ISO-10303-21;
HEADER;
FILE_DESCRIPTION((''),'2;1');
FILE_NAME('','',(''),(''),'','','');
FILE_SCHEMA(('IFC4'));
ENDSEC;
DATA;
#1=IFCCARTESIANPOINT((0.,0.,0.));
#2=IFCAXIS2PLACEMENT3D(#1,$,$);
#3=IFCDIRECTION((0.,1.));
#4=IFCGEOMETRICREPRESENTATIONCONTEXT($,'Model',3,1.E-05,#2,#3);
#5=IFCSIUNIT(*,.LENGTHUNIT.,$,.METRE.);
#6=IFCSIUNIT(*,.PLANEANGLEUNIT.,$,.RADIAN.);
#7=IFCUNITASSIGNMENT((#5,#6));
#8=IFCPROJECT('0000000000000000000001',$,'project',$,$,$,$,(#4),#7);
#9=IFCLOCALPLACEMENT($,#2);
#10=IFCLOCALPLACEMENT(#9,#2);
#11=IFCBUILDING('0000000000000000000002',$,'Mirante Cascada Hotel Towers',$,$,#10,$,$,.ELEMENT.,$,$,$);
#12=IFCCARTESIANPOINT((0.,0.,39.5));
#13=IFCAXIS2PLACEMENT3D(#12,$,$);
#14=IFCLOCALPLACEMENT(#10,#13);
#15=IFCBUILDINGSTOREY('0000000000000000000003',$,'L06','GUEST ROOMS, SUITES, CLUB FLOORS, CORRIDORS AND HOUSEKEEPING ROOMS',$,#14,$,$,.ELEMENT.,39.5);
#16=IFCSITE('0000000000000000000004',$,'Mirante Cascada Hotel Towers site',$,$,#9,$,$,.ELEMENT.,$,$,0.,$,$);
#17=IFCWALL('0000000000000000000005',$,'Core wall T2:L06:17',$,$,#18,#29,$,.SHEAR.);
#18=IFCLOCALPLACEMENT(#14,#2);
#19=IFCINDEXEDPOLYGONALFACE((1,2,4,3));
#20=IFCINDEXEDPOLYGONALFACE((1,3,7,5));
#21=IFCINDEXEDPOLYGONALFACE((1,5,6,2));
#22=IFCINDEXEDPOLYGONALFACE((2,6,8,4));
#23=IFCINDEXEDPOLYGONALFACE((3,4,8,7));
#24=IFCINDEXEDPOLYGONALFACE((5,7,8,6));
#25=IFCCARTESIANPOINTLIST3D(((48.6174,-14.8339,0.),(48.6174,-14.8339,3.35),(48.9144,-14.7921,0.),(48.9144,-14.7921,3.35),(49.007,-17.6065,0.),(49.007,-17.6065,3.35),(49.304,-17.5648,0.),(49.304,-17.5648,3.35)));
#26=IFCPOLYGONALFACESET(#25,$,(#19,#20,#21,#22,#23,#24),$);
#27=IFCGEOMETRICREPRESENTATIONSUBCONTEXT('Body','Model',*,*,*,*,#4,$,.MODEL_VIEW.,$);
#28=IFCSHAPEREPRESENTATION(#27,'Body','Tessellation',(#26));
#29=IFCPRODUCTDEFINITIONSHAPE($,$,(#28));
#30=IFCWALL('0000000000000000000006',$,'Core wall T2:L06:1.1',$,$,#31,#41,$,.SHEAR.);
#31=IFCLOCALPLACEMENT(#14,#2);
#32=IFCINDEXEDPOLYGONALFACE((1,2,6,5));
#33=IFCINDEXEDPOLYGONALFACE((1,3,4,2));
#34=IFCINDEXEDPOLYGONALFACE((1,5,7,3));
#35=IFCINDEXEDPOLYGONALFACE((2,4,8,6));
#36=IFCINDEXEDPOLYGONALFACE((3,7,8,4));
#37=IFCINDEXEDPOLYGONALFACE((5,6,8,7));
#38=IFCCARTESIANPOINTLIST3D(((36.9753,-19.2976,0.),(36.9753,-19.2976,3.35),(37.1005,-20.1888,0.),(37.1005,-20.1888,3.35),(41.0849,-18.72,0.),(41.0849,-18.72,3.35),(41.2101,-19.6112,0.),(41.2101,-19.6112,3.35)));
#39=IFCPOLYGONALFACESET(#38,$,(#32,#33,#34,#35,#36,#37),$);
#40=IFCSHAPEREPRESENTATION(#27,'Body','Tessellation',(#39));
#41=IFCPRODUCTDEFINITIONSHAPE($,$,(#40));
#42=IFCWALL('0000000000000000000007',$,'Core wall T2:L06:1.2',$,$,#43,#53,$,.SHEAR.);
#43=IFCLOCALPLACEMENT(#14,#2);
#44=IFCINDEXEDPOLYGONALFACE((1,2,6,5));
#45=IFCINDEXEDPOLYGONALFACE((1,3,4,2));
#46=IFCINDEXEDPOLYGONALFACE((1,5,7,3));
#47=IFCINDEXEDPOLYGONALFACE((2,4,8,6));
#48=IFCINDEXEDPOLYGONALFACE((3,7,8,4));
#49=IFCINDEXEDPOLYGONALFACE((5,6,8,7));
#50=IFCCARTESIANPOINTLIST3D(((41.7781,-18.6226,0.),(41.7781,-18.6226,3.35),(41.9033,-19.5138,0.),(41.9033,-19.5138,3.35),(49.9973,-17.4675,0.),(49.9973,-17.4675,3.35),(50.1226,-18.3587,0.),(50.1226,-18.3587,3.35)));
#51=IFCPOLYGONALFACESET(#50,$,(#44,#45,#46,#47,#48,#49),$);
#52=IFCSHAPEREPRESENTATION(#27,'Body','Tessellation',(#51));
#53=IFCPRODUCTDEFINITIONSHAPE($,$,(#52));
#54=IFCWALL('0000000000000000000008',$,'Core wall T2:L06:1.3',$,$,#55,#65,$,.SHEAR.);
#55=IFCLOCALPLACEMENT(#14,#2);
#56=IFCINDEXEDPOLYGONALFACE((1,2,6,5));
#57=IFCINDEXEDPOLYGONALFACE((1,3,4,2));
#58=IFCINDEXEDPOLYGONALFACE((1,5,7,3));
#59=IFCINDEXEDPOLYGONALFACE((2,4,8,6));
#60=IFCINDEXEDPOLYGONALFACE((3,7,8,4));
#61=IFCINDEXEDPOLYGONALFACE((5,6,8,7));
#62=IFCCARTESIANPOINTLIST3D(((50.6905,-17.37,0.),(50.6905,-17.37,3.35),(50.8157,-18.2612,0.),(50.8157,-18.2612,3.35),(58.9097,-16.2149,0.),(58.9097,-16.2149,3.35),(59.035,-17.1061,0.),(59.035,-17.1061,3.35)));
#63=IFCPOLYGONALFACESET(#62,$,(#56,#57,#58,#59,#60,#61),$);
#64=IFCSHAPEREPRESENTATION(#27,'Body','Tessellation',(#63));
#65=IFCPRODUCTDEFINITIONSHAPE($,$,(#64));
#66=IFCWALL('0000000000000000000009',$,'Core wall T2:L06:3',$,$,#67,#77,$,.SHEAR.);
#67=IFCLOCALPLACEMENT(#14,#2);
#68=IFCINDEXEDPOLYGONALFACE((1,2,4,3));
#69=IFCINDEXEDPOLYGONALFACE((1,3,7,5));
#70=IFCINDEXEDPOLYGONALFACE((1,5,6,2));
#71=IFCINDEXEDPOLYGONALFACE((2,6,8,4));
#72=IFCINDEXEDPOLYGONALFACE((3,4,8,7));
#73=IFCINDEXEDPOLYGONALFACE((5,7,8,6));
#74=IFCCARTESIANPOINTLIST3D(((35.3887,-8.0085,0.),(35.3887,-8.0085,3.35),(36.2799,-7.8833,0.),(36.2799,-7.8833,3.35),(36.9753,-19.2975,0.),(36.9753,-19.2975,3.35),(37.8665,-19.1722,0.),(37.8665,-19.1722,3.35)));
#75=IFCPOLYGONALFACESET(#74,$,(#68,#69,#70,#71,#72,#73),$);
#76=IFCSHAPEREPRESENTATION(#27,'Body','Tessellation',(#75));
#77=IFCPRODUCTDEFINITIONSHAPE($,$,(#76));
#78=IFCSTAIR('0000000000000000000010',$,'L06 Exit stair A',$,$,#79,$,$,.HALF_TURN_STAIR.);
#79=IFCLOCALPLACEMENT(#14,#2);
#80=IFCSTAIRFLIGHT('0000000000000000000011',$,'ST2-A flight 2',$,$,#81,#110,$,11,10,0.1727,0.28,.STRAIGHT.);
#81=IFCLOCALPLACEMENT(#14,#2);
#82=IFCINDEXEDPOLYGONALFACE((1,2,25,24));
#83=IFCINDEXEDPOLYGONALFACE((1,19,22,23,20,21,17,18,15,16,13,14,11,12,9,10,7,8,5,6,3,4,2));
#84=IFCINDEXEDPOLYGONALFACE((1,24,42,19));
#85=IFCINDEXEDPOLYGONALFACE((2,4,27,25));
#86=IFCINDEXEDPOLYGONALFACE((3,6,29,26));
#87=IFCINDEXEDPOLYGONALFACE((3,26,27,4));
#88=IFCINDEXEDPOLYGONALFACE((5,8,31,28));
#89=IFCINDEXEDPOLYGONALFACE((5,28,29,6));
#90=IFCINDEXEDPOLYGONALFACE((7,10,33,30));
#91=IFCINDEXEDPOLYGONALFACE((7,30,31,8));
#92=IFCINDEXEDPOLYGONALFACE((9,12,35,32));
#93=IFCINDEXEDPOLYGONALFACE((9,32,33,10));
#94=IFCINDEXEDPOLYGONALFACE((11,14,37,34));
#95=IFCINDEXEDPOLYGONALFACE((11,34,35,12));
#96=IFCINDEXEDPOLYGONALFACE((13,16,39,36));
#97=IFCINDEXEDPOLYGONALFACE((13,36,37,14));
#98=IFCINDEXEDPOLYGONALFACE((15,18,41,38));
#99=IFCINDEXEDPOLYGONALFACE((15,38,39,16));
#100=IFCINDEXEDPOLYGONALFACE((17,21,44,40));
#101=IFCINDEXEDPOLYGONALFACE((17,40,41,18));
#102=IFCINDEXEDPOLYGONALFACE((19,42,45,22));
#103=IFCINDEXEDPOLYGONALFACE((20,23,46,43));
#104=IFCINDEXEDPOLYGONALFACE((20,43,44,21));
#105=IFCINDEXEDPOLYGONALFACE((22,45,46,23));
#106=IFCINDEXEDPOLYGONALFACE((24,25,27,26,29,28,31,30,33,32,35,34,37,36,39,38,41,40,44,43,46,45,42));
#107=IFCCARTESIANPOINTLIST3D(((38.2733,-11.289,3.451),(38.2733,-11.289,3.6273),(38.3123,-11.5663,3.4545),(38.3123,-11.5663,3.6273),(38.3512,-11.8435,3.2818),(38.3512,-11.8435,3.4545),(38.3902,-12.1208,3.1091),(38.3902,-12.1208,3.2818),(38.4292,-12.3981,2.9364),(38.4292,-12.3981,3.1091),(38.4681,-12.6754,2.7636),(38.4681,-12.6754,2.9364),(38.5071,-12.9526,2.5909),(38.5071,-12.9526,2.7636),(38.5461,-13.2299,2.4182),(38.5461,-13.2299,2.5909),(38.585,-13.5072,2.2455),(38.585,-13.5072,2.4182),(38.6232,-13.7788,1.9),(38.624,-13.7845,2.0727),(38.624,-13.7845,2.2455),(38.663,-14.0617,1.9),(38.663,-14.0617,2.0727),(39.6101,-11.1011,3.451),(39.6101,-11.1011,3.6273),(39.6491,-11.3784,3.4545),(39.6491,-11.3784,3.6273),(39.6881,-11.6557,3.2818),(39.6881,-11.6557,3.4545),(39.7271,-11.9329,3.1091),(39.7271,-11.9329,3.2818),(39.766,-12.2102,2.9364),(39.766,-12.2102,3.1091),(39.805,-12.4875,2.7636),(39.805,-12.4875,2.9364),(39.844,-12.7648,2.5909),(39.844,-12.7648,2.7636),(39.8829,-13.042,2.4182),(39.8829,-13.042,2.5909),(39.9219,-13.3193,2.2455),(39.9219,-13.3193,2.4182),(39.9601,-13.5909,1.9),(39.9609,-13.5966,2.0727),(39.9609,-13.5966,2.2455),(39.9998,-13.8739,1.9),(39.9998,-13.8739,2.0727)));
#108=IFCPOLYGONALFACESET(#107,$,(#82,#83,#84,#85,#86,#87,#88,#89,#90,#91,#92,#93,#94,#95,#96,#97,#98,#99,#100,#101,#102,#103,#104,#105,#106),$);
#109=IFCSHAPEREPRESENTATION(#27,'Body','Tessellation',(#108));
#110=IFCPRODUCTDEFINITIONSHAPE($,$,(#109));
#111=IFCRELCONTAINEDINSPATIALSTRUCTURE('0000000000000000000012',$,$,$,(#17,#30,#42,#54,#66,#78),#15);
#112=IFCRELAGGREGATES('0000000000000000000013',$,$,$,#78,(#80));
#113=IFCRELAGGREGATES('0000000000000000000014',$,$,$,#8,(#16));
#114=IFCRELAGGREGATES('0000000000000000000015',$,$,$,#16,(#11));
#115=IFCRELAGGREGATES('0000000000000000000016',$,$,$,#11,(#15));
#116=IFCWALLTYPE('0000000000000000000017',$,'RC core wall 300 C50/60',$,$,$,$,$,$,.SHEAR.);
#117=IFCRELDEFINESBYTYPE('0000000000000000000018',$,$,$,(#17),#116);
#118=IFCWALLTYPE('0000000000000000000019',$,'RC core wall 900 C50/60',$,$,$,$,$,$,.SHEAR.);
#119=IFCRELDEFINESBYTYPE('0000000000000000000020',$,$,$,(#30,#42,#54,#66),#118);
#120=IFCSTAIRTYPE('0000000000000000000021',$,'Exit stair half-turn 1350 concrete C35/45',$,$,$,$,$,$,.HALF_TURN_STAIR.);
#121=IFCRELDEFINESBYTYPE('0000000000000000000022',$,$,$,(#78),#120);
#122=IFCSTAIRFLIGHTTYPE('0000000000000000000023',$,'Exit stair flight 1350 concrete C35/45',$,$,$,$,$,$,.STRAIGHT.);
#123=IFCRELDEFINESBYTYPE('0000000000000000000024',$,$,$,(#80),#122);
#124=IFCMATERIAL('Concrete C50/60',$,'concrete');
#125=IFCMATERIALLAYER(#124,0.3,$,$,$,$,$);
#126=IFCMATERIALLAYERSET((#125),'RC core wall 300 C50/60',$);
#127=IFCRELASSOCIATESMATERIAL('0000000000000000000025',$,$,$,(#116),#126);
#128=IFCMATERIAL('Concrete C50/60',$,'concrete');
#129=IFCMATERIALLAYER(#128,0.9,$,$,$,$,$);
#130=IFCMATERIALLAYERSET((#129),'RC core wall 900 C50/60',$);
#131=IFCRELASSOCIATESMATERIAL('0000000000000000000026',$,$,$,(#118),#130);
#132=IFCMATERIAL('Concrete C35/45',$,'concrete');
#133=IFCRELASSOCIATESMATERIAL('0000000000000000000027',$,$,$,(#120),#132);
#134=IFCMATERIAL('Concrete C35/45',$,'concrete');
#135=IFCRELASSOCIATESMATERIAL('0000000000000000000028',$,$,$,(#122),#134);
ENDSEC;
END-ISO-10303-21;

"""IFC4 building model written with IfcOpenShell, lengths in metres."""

from ifc_helpers import new_model, si_unit, direction, frame, frame_2d, origin, place, context, subcontext, project, spatial, polyline, rectangle, outline, extrude, material, layer, layer_set, type_object, element, aggregate, save


model = new_model("IFC4")

# Units and contexts
model_context = context("Model", 3, precision=1e-05, world=origin(), true_north=direction((0.0, 1.0)))
body_context = subcontext(model_context, "Body", "Model", "MODEL_VIEW")
ifc_project = project(units=[si_unit("LENGTHUNIT", "METRE"), si_unit("PLANEANGLEUNIT", "RADIAN")], contexts=[model_context])

# Site, building, storey
site_placement = place(None, origin())
site = spatial("IfcSite", under=ifc_project, at=site_placement, Name="Mirante Cascada Hotel Towers site", CompositionType="ELEMENT", RefElevation=0.0)
building_placement = place(site_placement, origin())
building = spatial("IfcBuilding", under=site, at=building_placement, Name="Mirante Cascada Hotel Towers", CompositionType="ELEMENT")
storey_placement = place(building_placement, frame((0.0, 0.0, 39.5)))
storey = spatial("IfcBuildingStorey", under=building, at=storey_placement, Name="L06", Description="GUEST ROOMS, SUITES, CLUB FLOORS, CORRIDORS AND HOUSEKEEPING ROOMS", CompositionType="ELEMENT", Elevation=39.5)

# Shared definitions
ifc_material_1 = material(Name="Concrete C50/60", Category="concrete")
ifc_layer_1 = layer(ifc_material_1, 0.3)
ifc_layer_set_1 = layer_set([ifc_layer_1], Name="RC core wall 300 C50/60")
wall_type_1 = type_object("IfcWallType", Name="RC core wall 300 C50/60", PredefinedType="SHEAR", material=ifc_layer_set_1)

# Walls
wall_1_placement = place(storey_placement, frame((49.1555, -17.5857, 0.0), z_axis=(0.0, 0.0, 1.0), x_axis=(-0.139146, 0.990272, 0.0)))
element("IfcWall", 1, at=wall_1_placement, inside=storey, type_object=wall_type_1, Name="Core wall T2:L06:17", PredefinedType="SHEAR", context=body_context, shape_type="SweptSolid", body=[
    extrude(rectangle(XDim=2.7999, YDim=0.3, at=frame_2d((1.4, 0.0))), origin(), (0.0, 0.0, 1.0), 3.35),
])
ifc_material_2 = material(Name="Concrete C50/60", Category="concrete")
ifc_layer_2 = layer(ifc_material_2, 0.9)
ifc_layer_set_2 = layer_set([ifc_layer_2], Name="RC core wall 900 C50/60")
wall_type_2 = type_object("IfcWallType", Name="RC core wall 900 C50/60", PredefinedType="SHEAR", material=ifc_layer_set_2)
wall_2_placement = place(storey_placement, frame((37.0379, -19.7432, 0.0), z_axis=(0.0, 0.0, 1.0), x_axis=(0.990267, 0.139181, 0.0)))
element("IfcWall", 2, at=wall_2_placement, inside=storey, type_object=wall_type_2, Name="Core wall T2:L06:1.1", PredefinedType="SHEAR", context=body_context, shape_type="SweptSolid", body=[
    extrude(rectangle(XDim=4.15, YDim=0.9, at=frame_2d((2.075, 0.0))), origin(), (0.0, 0.0, 1.0), 3.35),
])
for number, where, z_axis, x_axis, name in (
    (3, (41.8407, -19.0682, 0.0), (0.0, 0.0, 1.0), (0.990269, 0.139169, 0.0), "Core wall T2:L06:1.2"),
    (4, (50.7531, -17.8156, 0.0), (0.0, 0.0, 1.0), (0.990269, 0.139169, 0.0), "Core wall T2:L06:1.3"),
):
    element("IfcWall", number, at=place(storey_placement, frame(where, z_axis=z_axis, x_axis=x_axis)), inside=storey, type_object=wall_type_2, Name=name, PredefinedType="SHEAR", context=body_context, shape_type="SweptSolid", body=[
        extrude(rectangle(XDim=8.3, YDim=0.9, at=frame_2d((4.15, 0.0))), origin(), (0.0, 0.0, 1.0), 3.35),
    ])
wall_3_placement = place(storey_placement, frame((37.4209, -19.2349, 0.0), z_axis=(0.0, 0.0, 1.0), x_axis=(-0.139176, 0.990268, 0.0)))
element("IfcWall", 5, at=wall_3_placement, inside=storey, type_object=wall_type_2, Name="Core wall T2:L06:3", PredefinedType="SHEAR", context=body_context, shape_type="SweptSolid", body=[
    extrude(rectangle(XDim=11.3999, YDim=0.9, at=frame_2d((5.7, 0.0))), origin(), (0.0, 0.0, 1.0), 3.35),
])

# Stair, stair flight
ifc_material_3 = material(Name="Concrete C35/45", Category="concrete")
stair_type = type_object("IfcStairType", Name="Exit stair half-turn 1350 concrete C35/45", PredefinedType="HALF_TURN_STAIR", material=ifc_material_3)
stair_placement = place(storey_placement, origin())
stair = element("IfcStair", 6, at=stair_placement, inside=storey, type_object=stair_type, Name="L06 Exit stair A", PredefinedType="HALF_TURN_STAIR")
ifc_material_4 = material(Name="Concrete C35/45", Category="concrete")
stair_flight_type = type_object("IfcStairFlightType", Name="Exit stair flight 1350 concrete C35/45", PredefinedType="STRAIGHT", material=ifc_material_4)
stair_flight_placement = place(storey_placement, frame((39.3314, -13.9678, 1.9), z_axis=(0.0, 0.0, 1.0), x_axis=(-0.139173, 0.990268, 0.0)))
stair_flight = element("IfcStairFlight", 7, at=stair_flight_placement, type_object=stair_flight_type, Name="ST2-A flight 2", NumberOfRisers=11, NumberOfTreads=10, PredefinedType="STRAIGHT", RiserHeight=0.1727, TreadLength=0.28, context=body_context, shape_type="SweptSolid", body=[
    extrude(outline(polyline([(0.0, 0.0), (0.0, 0.1727), (0.28, 0.1727), (0.28, 0.3455), (0.56, 0.3455), (0.56, 0.5182), (0.84, 0.5182), (0.84, 0.6909), (1.12, 0.6909), (1.12, 0.8636), (1.4, 0.8636), (1.4, 1.0364), (1.68, 1.0364), (1.68, 1.2091), (1.96, 1.2091), (1.96, 1.3818), (2.24, 1.3818), (2.24, 1.5545), (2.52, 1.5545), (2.52, 1.7273), (2.8, 1.7273), (2.8, 1.9), (2.8, 1.551), (0.2857, 0.0), (0.0, 0.0)])), frame((0.0, 0.675, 0.0), z_axis=(0.0, -1.0, 0.0), x_axis=(1.0, 0.0, 0.0)), (0.0, 0.0, 1.0), 1.35),
])
aggregate(stair, [stair_flight])

save(model, "model.ifc")
